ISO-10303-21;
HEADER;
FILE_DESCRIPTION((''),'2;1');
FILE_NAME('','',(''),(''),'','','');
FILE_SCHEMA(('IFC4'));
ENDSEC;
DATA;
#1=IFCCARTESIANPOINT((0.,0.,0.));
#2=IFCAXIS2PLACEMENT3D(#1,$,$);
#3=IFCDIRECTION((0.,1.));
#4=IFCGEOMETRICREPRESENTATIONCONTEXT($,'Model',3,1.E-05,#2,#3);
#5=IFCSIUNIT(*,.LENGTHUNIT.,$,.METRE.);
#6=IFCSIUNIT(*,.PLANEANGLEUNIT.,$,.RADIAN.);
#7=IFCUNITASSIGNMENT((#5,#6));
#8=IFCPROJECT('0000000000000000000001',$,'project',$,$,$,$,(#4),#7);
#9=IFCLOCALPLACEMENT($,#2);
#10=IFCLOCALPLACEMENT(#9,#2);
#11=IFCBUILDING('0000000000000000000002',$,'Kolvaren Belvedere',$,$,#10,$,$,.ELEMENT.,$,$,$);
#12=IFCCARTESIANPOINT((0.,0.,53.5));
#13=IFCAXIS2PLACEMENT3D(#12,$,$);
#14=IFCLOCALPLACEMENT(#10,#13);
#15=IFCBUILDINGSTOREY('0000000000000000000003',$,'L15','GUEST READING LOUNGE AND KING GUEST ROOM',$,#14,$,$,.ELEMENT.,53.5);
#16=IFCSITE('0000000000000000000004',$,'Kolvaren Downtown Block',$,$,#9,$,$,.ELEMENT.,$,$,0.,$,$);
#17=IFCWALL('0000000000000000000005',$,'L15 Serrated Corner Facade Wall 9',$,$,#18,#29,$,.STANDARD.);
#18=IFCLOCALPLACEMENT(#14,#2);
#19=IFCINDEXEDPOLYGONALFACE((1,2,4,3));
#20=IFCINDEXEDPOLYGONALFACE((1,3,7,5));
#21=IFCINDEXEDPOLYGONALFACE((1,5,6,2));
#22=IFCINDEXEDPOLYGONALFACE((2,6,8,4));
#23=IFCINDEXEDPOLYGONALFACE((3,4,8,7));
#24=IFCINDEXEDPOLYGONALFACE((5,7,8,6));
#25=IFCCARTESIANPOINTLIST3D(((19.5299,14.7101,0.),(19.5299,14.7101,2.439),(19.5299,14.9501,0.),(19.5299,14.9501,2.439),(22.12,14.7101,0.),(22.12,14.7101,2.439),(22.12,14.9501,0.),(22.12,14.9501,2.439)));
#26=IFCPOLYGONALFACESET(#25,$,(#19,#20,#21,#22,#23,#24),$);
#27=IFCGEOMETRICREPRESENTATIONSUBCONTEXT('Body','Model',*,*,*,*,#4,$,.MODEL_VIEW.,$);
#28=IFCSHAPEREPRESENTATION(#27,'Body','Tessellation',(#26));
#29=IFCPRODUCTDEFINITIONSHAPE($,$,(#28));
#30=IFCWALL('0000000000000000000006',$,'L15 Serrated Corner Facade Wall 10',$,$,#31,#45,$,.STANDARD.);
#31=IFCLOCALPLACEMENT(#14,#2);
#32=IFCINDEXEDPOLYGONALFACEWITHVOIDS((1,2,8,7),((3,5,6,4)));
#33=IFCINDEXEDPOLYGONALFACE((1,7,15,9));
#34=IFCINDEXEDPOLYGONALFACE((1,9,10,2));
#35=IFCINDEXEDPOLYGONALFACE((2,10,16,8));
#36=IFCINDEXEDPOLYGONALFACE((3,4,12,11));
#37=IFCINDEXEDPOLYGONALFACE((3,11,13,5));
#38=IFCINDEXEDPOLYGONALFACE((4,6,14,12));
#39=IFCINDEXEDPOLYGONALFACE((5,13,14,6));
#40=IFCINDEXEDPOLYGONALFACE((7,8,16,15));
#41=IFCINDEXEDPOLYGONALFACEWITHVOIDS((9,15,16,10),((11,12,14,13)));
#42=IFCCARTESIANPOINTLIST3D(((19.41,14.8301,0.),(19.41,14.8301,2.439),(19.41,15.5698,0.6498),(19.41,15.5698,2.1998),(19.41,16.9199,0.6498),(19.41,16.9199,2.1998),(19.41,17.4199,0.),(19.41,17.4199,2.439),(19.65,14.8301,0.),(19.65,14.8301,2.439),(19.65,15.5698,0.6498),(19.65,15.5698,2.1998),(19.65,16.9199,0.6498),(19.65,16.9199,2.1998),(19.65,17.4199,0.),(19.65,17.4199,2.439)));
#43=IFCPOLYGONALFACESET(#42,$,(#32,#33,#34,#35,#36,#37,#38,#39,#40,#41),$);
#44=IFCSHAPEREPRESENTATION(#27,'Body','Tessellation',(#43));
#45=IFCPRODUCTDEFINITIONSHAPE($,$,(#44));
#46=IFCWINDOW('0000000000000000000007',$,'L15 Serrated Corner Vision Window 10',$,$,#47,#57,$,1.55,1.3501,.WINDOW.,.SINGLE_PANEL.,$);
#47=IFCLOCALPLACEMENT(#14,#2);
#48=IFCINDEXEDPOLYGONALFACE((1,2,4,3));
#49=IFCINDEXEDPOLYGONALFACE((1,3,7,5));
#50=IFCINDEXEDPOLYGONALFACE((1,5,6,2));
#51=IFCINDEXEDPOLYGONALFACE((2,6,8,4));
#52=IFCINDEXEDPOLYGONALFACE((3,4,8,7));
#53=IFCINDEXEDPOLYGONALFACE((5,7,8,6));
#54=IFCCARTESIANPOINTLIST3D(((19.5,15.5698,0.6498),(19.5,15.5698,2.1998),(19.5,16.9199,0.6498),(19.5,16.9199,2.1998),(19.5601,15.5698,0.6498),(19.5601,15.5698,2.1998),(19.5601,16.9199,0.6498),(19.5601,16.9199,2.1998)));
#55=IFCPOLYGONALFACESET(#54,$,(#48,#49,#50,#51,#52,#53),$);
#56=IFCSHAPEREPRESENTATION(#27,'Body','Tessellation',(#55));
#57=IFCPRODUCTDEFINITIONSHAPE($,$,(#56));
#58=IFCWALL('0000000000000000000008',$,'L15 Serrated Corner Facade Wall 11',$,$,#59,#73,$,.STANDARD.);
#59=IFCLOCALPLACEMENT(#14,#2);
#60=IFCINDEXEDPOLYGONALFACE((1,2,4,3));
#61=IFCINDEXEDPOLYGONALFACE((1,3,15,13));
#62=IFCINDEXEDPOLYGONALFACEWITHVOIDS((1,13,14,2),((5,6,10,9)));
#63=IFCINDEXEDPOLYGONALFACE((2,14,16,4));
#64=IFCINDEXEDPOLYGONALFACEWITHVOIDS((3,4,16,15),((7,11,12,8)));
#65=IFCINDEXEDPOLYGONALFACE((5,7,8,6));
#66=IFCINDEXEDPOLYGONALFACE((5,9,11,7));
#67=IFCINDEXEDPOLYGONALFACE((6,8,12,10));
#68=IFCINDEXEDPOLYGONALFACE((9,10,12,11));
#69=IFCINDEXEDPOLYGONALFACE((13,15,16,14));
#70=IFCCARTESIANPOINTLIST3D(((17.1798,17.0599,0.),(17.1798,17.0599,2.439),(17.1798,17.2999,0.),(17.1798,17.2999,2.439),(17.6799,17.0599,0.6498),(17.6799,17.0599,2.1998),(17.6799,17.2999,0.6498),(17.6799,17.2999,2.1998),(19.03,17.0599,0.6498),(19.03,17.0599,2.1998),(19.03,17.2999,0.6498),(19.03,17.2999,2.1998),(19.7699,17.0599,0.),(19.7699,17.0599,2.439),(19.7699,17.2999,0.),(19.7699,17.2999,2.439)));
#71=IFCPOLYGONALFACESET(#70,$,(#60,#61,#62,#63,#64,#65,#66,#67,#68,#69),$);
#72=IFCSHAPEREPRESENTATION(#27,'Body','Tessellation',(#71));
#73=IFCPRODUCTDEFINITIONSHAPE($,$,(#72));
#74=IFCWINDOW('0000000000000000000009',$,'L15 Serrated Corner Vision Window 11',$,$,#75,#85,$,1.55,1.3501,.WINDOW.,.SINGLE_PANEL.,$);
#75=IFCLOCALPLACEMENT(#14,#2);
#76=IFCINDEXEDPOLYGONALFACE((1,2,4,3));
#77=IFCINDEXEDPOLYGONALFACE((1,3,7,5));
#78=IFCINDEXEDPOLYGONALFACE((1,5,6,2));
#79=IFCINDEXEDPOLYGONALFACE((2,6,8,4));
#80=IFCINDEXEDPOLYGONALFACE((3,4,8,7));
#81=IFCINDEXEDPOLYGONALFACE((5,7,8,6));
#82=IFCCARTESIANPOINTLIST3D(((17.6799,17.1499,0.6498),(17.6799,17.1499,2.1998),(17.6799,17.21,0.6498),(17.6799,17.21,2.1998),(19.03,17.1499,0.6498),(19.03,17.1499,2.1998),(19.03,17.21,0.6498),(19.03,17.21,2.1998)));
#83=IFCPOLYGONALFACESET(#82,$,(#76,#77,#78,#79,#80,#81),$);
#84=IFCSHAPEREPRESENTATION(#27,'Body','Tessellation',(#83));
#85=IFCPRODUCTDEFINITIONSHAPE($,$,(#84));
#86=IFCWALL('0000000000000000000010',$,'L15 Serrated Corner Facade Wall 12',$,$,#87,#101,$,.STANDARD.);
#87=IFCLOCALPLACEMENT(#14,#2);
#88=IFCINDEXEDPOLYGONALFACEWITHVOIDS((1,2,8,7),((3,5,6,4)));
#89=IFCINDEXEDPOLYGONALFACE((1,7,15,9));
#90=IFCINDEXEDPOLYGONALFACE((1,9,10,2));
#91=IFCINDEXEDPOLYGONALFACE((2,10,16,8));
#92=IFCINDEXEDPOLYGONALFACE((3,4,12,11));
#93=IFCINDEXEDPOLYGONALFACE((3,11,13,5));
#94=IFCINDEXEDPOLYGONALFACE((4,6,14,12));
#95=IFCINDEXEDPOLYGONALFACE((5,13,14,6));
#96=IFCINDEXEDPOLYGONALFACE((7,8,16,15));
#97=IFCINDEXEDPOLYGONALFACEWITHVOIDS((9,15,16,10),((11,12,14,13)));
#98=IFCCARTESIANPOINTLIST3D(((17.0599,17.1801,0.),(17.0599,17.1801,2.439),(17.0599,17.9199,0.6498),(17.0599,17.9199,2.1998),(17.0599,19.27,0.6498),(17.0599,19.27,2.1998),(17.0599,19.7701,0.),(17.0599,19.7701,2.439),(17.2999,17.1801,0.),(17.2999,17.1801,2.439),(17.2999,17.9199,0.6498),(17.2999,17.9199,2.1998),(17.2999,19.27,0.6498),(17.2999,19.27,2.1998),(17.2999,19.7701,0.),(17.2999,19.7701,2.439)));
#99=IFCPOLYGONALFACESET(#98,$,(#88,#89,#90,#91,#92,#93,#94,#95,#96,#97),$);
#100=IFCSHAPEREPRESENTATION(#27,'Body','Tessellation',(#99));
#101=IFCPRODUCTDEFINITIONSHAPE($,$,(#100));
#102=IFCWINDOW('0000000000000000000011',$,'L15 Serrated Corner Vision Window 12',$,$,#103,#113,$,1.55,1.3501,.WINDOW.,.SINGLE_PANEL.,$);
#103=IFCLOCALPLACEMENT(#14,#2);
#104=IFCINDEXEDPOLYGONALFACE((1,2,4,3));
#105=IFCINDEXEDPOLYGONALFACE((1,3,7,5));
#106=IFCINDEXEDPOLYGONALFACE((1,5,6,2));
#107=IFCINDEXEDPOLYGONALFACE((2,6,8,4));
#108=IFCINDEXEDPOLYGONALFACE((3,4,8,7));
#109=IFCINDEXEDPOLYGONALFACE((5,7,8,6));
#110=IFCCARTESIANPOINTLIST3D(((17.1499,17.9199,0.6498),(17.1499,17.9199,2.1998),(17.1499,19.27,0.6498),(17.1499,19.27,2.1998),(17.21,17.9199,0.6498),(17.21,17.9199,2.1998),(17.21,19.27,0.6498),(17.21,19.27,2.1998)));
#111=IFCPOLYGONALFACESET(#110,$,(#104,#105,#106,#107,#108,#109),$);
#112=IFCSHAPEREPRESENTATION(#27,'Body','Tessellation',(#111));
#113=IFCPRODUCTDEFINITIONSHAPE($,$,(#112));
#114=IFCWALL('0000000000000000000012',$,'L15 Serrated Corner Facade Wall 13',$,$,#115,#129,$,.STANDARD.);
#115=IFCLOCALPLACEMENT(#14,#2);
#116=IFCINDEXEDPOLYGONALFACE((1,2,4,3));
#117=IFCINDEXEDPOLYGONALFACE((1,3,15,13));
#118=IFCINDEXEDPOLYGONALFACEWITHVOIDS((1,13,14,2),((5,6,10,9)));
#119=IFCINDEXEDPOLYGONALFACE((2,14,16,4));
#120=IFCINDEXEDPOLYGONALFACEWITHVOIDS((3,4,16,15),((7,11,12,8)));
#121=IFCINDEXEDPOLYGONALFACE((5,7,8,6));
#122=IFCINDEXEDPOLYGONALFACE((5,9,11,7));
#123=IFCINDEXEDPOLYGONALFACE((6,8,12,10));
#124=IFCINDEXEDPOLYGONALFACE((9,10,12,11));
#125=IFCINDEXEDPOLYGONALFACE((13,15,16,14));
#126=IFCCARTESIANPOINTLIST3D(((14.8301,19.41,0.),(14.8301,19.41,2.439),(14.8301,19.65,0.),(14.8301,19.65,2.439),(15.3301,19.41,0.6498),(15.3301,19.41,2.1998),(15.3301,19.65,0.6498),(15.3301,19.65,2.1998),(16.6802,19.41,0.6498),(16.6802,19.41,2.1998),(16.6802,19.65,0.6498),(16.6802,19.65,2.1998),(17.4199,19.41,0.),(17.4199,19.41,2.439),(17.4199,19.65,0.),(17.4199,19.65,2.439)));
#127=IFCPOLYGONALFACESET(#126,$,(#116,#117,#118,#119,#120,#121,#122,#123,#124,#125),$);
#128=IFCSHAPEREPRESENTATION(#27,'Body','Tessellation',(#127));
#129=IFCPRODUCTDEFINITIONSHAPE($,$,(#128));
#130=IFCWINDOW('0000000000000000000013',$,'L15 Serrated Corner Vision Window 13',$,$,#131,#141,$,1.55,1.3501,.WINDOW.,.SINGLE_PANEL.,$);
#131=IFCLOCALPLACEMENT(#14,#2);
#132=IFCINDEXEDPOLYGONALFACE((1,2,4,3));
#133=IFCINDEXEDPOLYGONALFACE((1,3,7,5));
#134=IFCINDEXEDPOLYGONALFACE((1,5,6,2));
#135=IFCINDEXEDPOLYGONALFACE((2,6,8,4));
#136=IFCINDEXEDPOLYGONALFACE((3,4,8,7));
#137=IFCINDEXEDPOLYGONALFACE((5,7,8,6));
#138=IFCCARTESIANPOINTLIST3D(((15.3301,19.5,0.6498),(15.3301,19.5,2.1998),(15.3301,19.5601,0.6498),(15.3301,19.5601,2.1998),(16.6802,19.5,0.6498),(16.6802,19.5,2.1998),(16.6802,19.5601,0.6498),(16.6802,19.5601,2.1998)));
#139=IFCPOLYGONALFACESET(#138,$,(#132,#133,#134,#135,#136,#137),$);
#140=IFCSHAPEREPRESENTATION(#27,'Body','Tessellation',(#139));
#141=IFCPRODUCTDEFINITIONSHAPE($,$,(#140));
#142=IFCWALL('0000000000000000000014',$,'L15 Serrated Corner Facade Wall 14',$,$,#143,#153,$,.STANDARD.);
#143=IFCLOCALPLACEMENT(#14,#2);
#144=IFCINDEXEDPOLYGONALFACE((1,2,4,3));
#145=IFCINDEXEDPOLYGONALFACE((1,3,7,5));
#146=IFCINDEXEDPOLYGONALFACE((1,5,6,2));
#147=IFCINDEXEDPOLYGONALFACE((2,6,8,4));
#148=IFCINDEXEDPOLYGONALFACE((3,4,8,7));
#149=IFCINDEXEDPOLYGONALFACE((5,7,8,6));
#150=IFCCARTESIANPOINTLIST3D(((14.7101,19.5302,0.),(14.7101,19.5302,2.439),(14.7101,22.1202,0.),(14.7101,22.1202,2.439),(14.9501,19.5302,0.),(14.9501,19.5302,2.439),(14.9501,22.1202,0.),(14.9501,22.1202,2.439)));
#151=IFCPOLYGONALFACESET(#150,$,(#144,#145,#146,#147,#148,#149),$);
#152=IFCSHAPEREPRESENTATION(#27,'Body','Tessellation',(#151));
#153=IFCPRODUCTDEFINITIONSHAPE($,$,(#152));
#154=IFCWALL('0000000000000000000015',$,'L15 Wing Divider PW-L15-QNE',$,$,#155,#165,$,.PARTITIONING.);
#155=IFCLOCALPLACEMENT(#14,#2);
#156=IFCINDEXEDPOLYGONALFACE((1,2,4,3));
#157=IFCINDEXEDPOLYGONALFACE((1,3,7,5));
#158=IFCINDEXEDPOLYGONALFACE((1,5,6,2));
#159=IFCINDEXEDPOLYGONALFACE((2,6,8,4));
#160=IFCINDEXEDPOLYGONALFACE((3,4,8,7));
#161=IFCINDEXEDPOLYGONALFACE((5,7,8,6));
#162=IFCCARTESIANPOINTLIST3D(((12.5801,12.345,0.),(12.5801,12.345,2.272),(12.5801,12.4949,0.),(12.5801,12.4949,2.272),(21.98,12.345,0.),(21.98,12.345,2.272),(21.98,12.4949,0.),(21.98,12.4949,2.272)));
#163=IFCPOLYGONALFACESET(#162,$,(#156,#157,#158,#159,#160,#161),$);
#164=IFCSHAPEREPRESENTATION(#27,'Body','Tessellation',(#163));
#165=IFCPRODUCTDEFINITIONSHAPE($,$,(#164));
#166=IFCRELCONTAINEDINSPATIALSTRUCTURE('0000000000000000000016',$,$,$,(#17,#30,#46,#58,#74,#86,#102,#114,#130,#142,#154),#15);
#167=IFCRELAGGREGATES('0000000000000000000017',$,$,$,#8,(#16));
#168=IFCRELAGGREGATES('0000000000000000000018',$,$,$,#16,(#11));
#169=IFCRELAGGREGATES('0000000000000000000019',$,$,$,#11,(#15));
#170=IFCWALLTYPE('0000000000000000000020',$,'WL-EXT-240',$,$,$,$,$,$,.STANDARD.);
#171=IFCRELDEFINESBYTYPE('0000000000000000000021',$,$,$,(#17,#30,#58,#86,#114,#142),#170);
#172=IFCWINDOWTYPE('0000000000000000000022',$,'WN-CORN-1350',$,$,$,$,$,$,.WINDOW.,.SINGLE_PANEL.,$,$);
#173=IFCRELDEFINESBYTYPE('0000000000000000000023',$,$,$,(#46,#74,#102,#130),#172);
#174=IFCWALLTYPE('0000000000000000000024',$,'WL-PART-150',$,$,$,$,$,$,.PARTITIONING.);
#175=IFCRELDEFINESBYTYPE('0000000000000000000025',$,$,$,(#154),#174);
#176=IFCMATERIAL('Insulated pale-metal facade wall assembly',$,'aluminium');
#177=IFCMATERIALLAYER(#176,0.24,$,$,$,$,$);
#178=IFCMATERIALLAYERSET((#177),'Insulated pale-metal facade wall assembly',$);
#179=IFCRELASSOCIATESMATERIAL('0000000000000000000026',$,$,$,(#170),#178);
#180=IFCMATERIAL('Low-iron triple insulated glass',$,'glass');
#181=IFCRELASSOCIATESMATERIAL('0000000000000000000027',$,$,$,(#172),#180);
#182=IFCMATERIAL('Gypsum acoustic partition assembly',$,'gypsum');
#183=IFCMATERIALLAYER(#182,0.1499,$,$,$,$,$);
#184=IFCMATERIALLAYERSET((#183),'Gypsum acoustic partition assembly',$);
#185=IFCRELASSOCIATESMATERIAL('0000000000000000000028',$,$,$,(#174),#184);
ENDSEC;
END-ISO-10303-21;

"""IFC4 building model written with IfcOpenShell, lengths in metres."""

from ifc_helpers import new_model, si_unit, direction, frame, frame_2d, origin, place, context, subcontext, project, spatial, rectangle, extrude, material, layer, layer_set, type_object, element, fill, save


model = new_model("IFC4")

# Units and contexts
model_context = context("Model", 3, precision=1e-05, world=origin(), true_north=direction((0.0, 1.0)))
body_context = subcontext(model_context, "Body", "Model", "MODEL_VIEW")
ifc_project = project(units=[si_unit("LENGTHUNIT", "METRE"), si_unit("PLANEANGLEUNIT", "RADIAN")], contexts=[model_context])

# Site, building, storey
site_placement = place(None, origin())
site = spatial("IfcSite", under=ifc_project, at=site_placement, Name="Kolvaren Downtown Block", CompositionType="ELEMENT", RefElevation=0.0)
building_placement = place(site_placement, origin())
building = spatial("IfcBuilding", under=site, at=building_placement, Name="Kolvaren Belvedere", CompositionType="ELEMENT")
storey_placement = place(building_placement, frame((0.0, 0.0, 53.5)))
storey = spatial("IfcBuildingStorey", under=building, at=storey_placement, Name="L15", Description="GUEST READING LOUNGE AND KING GUEST ROOM", CompositionType="ELEMENT", Elevation=53.5)

# Wall
ifc_material_1 = material(Name="Insulated pale-metal facade wall assembly", Category="aluminium")
ifc_layer_1 = layer(ifc_material_1, 0.24)
ifc_layer_set_1 = layer_set([ifc_layer_1], Name="Insulated pale-metal facade wall assembly")
wall_type_1 = type_object("IfcWallType", Name="WL-EXT-240", PredefinedType="STANDARD", material=ifc_layer_set_1)
wall_1_placement = place(storey_placement, frame((19.53, 14.8301, 0.0), z_axis=(0.0, 0.0, 1.0), x_axis=(1.0, 0.0, 0.0)))
element("IfcWall", 1, at=wall_1_placement, inside=storey, type_object=wall_type_1, Name="L15 Serrated Corner Facade Wall 9", PredefinedType="STANDARD", context=body_context, shape_type="SweptSolid", body=[
    extrude(rectangle(XDim=2.5901, YDim=0.24, at=frame_2d((1.2949, 0.0))), origin(), (0.0, 0.0, 1.0), 2.439),
])

# Walls, openings, windows
wall_2_placement = place(storey_placement, frame((19.53, 17.4199, 0.0), z_axis=(0.0, 0.0, 1.0), x_axis=(0.0, -1.0, 0.0)))
wall_2 = element("IfcWall", 2, at=wall_2_placement, inside=storey, type_object=wall_type_1, Name="L15 Serrated Corner Facade Wall 10", PredefinedType="STANDARD", context=body_context, shape_type="SweptSolid", body=[
    extrude(rectangle(XDim=2.5898, YDim=0.24, at=frame_2d((1.2949, 0.0))), origin(), (0.0, 0.0, 1.0), 2.439),
])
opening_1_placement = place(wall_2_placement, frame((0.5, 0.0, 0.6499)))
opening_1 = element("IfcOpeningElement", 3, at=opening_1_placement, cuts=wall_2, PredefinedType="OPENING", context=body_context, shape_type="SweptSolid", body=[
    extrude(rectangle(XDim=1.3501, YDim=1.55, at=frame_2d((0.675, 0.7749))), frame((0.0, 0.1299, 0.0), z_axis=(0.0, -1.0, 0.0), x_axis=(1.0, 0.0, 0.0)), (0.0, 0.0, 1.0), 0.26),
])
ifc_material_2 = material(Name="Low-iron triple insulated glass", Category="glass")
window_type = type_object("IfcWindowType", Name="WN-CORN-1350", PartitioningType="SINGLE_PANEL", PredefinedType="WINDOW", material=ifc_material_2)
window_1_placement = place(opening_1_placement, origin())
window_1 = element("IfcWindow", 4, at=window_1_placement, inside=storey, type_object=window_type, Name="L15 Serrated Corner Vision Window 10", OverallHeight=1.55, OverallWidth=1.3501, PartitioningType="SINGLE_PANEL", PredefinedType="WINDOW", context=body_context, shape_type="SweptSolid", body=[
    extrude(rectangle(XDim=1.3501, YDim=1.55, at=frame_2d((0.675, 0.7749))), frame((0.0, 0.03, 0.0), z_axis=(0.0, -1.0, 0.0), x_axis=(1.0, 0.0, 0.0)), (0.0, 0.0, 1.0), 0.0601),
])
fill(opening_1, window_1)
wall_3_placement = place(storey_placement, frame((17.1799, 17.1799, 0.0), z_axis=(0.0, 0.0, 1.0), x_axis=(1.0, 0.0, 0.0)))
wall_3 = element("IfcWall", 5, at=wall_3_placement, inside=storey, type_object=wall_type_1, Name="L15 Serrated Corner Facade Wall 11", PredefinedType="STANDARD", context=body_context, shape_type="SweptSolid", body=[
    extrude(rectangle(XDim=2.5901, YDim=0.24, at=frame_2d((1.2949, 0.0))), origin(), (0.0, 0.0, 1.0), 2.439),
])
opening_2_placement = place(wall_3_placement, frame((0.5, 0.0, 0.6499)))
opening_2 = element("IfcOpeningElement", 6, at=opening_2_placement, cuts=wall_3, PredefinedType="OPENING", context=body_context, shape_type="SweptSolid", body=[
    extrude(rectangle(XDim=1.3501, YDim=1.55, at=frame_2d((0.675, 0.7749))), frame((0.0, 0.1299, 0.0), z_axis=(0.0, -1.0, 0.0), x_axis=(1.0, 0.0, 0.0)), (0.0, 0.0, 1.0), 0.26),
])
window_2_placement = place(opening_2_placement, origin())
window_2 = element("IfcWindow", 7, at=window_2_placement, inside=storey, type_object=window_type, Name="L15 Serrated Corner Vision Window 11", OverallHeight=1.55, OverallWidth=1.3501, PartitioningType="SINGLE_PANEL", PredefinedType="WINDOW", context=body_context, shape_type="SweptSolid", body=[
    extrude(rectangle(XDim=1.3501, YDim=1.55, at=frame_2d((0.675, 0.7749))), frame((0.0, 0.03, 0.0), z_axis=(0.0, -1.0, 0.0), x_axis=(1.0, 0.0, 0.0)), (0.0, 0.0, 1.0), 0.0601),
])
fill(opening_2, window_2)
wall_4_placement = place(storey_placement, frame((17.1799, 19.77, 0.0), z_axis=(0.0, 0.0, 1.0), x_axis=(0.0, -1.0, 0.0)))
wall_4 = element("IfcWall", 8, at=wall_4_placement, inside=storey, type_object=wall_type_1, Name="L15 Serrated Corner Facade Wall 12", PredefinedType="STANDARD", context=body_context, shape_type="SweptSolid", body=[
    extrude(rectangle(XDim=2.5901, YDim=0.24, at=frame_2d((1.2949, 0.0))), origin(), (0.0, 0.0, 1.0), 2.439),
])
opening_3_placement = place(wall_4_placement, frame((0.5, 0.0, 0.6499)))
opening_3 = element("IfcOpeningElement", 9, at=opening_3_placement, cuts=wall_4, PredefinedType="OPENING", context=body_context, shape_type="SweptSolid", body=[
    extrude(rectangle(XDim=1.3501, YDim=1.55, at=frame_2d((0.675, 0.7749))), frame((0.0, 0.1299, 0.0), z_axis=(0.0, -1.0, 0.0), x_axis=(1.0, 0.0, 0.0)), (0.0, 0.0, 1.0), 0.26),
])
window_3_placement = place(opening_3_placement, origin())
window_3 = element("IfcWindow", 10, at=window_3_placement, inside=storey, type_object=window_type, Name="L15 Serrated Corner Vision Window 12", OverallHeight=1.55, OverallWidth=1.3501, PartitioningType="SINGLE_PANEL", PredefinedType="WINDOW", context=body_context, shape_type="SweptSolid", body=[
    extrude(rectangle(XDim=1.3501, YDim=1.55, at=frame_2d((0.675, 0.7749))), frame((0.0, 0.03, 0.0), z_axis=(0.0, -1.0, 0.0), x_axis=(1.0, 0.0, 0.0)), (0.0, 0.0, 1.0), 0.0601),
])
fill(opening_3, window_3)
wall_5_placement = place(storey_placement, frame((14.8301, 19.53, 0.0), z_axis=(0.0, 0.0, 1.0), x_axis=(1.0, 0.0, 0.0)))
wall_5 = element("IfcWall", 11, at=wall_5_placement, inside=storey, type_object=wall_type_1, Name="L15 Serrated Corner Facade Wall 13", PredefinedType="STANDARD", context=body_context, shape_type="SweptSolid", body=[
    extrude(rectangle(XDim=2.5898, YDim=0.24, at=frame_2d((1.2949, 0.0))), origin(), (0.0, 0.0, 1.0), 2.439),
])
opening_4_placement = place(wall_5_placement, frame((0.5, 0.0, 0.6499)))
opening_4 = element("IfcOpeningElement", 12, at=opening_4_placement, cuts=wall_5, PredefinedType="OPENING", context=body_context, shape_type="SweptSolid", body=[
    extrude(rectangle(XDim=1.3501, YDim=1.55, at=frame_2d((0.675, 0.7749))), frame((0.0, 0.1299, 0.0), z_axis=(0.0, -1.0, 0.0), x_axis=(1.0, 0.0, 0.0)), (0.0, 0.0, 1.0), 0.26),
])
window_4_placement = place(opening_4_placement, origin())
window_4 = element("IfcWindow", 13, at=window_4_placement, inside=storey, type_object=window_type, Name="L15 Serrated Corner Vision Window 13", OverallHeight=1.55, OverallWidth=1.3501, PartitioningType="SINGLE_PANEL", PredefinedType="WINDOW", context=body_context, shape_type="SweptSolid", body=[
    extrude(rectangle(XDim=1.3501, YDim=1.55, at=frame_2d((0.675, 0.7749))), frame((0.0, 0.03, 0.0), z_axis=(0.0, -1.0, 0.0), x_axis=(1.0, 0.0, 0.0)), (0.0, 0.0, 1.0), 0.0601),
])
fill(opening_4, window_4)

# Walls
wall_6_placement = place(storey_placement, frame((14.8301, 22.1201, 0.0), z_axis=(0.0, 0.0, 1.0), x_axis=(0.0, -1.0, 0.0)))
element("IfcWall", 14, at=wall_6_placement, inside=storey, type_object=wall_type_1, Name="L15 Serrated Corner Facade Wall 14", PredefinedType="STANDARD", context=body_context, shape_type="SweptSolid", body=[
    extrude(rectangle(XDim=2.5901, YDim=0.24, at=frame_2d((1.2949, 0.0))), origin(), (0.0, 0.0, 1.0), 2.439),
])
ifc_material_3 = material(Name="Gypsum acoustic partition assembly", Category="gypsum")
ifc_layer_2 = layer(ifc_material_3, 0.1499)
ifc_layer_set_2 = layer_set([ifc_layer_2], Name="Gypsum acoustic partition assembly")
wall_type_2 = type_object("IfcWallType", Name="WL-PART-150", PredefinedType="PARTITIONING", material=ifc_layer_set_2)
wall_7_placement = place(storey_placement, frame((12.5801, 12.4199, 0.0), z_axis=(0.0, 0.0, 1.0), x_axis=(1.0, 0.0, 0.0)))
element("IfcWall", 15, at=wall_7_placement, inside=storey, type_object=wall_type_2, Name="L15 Wing Divider PW-L15-QNE", PredefinedType="PARTITIONING", context=body_context, shape_type="SweptSolid", body=[
    extrude(rectangle(XDim=9.3999, YDim=0.1499, at=frame_2d((4.7, 0.0))), origin(), (0.0, 0.0, 1.0), 2.272),
])

save(model, "model.ifc")
